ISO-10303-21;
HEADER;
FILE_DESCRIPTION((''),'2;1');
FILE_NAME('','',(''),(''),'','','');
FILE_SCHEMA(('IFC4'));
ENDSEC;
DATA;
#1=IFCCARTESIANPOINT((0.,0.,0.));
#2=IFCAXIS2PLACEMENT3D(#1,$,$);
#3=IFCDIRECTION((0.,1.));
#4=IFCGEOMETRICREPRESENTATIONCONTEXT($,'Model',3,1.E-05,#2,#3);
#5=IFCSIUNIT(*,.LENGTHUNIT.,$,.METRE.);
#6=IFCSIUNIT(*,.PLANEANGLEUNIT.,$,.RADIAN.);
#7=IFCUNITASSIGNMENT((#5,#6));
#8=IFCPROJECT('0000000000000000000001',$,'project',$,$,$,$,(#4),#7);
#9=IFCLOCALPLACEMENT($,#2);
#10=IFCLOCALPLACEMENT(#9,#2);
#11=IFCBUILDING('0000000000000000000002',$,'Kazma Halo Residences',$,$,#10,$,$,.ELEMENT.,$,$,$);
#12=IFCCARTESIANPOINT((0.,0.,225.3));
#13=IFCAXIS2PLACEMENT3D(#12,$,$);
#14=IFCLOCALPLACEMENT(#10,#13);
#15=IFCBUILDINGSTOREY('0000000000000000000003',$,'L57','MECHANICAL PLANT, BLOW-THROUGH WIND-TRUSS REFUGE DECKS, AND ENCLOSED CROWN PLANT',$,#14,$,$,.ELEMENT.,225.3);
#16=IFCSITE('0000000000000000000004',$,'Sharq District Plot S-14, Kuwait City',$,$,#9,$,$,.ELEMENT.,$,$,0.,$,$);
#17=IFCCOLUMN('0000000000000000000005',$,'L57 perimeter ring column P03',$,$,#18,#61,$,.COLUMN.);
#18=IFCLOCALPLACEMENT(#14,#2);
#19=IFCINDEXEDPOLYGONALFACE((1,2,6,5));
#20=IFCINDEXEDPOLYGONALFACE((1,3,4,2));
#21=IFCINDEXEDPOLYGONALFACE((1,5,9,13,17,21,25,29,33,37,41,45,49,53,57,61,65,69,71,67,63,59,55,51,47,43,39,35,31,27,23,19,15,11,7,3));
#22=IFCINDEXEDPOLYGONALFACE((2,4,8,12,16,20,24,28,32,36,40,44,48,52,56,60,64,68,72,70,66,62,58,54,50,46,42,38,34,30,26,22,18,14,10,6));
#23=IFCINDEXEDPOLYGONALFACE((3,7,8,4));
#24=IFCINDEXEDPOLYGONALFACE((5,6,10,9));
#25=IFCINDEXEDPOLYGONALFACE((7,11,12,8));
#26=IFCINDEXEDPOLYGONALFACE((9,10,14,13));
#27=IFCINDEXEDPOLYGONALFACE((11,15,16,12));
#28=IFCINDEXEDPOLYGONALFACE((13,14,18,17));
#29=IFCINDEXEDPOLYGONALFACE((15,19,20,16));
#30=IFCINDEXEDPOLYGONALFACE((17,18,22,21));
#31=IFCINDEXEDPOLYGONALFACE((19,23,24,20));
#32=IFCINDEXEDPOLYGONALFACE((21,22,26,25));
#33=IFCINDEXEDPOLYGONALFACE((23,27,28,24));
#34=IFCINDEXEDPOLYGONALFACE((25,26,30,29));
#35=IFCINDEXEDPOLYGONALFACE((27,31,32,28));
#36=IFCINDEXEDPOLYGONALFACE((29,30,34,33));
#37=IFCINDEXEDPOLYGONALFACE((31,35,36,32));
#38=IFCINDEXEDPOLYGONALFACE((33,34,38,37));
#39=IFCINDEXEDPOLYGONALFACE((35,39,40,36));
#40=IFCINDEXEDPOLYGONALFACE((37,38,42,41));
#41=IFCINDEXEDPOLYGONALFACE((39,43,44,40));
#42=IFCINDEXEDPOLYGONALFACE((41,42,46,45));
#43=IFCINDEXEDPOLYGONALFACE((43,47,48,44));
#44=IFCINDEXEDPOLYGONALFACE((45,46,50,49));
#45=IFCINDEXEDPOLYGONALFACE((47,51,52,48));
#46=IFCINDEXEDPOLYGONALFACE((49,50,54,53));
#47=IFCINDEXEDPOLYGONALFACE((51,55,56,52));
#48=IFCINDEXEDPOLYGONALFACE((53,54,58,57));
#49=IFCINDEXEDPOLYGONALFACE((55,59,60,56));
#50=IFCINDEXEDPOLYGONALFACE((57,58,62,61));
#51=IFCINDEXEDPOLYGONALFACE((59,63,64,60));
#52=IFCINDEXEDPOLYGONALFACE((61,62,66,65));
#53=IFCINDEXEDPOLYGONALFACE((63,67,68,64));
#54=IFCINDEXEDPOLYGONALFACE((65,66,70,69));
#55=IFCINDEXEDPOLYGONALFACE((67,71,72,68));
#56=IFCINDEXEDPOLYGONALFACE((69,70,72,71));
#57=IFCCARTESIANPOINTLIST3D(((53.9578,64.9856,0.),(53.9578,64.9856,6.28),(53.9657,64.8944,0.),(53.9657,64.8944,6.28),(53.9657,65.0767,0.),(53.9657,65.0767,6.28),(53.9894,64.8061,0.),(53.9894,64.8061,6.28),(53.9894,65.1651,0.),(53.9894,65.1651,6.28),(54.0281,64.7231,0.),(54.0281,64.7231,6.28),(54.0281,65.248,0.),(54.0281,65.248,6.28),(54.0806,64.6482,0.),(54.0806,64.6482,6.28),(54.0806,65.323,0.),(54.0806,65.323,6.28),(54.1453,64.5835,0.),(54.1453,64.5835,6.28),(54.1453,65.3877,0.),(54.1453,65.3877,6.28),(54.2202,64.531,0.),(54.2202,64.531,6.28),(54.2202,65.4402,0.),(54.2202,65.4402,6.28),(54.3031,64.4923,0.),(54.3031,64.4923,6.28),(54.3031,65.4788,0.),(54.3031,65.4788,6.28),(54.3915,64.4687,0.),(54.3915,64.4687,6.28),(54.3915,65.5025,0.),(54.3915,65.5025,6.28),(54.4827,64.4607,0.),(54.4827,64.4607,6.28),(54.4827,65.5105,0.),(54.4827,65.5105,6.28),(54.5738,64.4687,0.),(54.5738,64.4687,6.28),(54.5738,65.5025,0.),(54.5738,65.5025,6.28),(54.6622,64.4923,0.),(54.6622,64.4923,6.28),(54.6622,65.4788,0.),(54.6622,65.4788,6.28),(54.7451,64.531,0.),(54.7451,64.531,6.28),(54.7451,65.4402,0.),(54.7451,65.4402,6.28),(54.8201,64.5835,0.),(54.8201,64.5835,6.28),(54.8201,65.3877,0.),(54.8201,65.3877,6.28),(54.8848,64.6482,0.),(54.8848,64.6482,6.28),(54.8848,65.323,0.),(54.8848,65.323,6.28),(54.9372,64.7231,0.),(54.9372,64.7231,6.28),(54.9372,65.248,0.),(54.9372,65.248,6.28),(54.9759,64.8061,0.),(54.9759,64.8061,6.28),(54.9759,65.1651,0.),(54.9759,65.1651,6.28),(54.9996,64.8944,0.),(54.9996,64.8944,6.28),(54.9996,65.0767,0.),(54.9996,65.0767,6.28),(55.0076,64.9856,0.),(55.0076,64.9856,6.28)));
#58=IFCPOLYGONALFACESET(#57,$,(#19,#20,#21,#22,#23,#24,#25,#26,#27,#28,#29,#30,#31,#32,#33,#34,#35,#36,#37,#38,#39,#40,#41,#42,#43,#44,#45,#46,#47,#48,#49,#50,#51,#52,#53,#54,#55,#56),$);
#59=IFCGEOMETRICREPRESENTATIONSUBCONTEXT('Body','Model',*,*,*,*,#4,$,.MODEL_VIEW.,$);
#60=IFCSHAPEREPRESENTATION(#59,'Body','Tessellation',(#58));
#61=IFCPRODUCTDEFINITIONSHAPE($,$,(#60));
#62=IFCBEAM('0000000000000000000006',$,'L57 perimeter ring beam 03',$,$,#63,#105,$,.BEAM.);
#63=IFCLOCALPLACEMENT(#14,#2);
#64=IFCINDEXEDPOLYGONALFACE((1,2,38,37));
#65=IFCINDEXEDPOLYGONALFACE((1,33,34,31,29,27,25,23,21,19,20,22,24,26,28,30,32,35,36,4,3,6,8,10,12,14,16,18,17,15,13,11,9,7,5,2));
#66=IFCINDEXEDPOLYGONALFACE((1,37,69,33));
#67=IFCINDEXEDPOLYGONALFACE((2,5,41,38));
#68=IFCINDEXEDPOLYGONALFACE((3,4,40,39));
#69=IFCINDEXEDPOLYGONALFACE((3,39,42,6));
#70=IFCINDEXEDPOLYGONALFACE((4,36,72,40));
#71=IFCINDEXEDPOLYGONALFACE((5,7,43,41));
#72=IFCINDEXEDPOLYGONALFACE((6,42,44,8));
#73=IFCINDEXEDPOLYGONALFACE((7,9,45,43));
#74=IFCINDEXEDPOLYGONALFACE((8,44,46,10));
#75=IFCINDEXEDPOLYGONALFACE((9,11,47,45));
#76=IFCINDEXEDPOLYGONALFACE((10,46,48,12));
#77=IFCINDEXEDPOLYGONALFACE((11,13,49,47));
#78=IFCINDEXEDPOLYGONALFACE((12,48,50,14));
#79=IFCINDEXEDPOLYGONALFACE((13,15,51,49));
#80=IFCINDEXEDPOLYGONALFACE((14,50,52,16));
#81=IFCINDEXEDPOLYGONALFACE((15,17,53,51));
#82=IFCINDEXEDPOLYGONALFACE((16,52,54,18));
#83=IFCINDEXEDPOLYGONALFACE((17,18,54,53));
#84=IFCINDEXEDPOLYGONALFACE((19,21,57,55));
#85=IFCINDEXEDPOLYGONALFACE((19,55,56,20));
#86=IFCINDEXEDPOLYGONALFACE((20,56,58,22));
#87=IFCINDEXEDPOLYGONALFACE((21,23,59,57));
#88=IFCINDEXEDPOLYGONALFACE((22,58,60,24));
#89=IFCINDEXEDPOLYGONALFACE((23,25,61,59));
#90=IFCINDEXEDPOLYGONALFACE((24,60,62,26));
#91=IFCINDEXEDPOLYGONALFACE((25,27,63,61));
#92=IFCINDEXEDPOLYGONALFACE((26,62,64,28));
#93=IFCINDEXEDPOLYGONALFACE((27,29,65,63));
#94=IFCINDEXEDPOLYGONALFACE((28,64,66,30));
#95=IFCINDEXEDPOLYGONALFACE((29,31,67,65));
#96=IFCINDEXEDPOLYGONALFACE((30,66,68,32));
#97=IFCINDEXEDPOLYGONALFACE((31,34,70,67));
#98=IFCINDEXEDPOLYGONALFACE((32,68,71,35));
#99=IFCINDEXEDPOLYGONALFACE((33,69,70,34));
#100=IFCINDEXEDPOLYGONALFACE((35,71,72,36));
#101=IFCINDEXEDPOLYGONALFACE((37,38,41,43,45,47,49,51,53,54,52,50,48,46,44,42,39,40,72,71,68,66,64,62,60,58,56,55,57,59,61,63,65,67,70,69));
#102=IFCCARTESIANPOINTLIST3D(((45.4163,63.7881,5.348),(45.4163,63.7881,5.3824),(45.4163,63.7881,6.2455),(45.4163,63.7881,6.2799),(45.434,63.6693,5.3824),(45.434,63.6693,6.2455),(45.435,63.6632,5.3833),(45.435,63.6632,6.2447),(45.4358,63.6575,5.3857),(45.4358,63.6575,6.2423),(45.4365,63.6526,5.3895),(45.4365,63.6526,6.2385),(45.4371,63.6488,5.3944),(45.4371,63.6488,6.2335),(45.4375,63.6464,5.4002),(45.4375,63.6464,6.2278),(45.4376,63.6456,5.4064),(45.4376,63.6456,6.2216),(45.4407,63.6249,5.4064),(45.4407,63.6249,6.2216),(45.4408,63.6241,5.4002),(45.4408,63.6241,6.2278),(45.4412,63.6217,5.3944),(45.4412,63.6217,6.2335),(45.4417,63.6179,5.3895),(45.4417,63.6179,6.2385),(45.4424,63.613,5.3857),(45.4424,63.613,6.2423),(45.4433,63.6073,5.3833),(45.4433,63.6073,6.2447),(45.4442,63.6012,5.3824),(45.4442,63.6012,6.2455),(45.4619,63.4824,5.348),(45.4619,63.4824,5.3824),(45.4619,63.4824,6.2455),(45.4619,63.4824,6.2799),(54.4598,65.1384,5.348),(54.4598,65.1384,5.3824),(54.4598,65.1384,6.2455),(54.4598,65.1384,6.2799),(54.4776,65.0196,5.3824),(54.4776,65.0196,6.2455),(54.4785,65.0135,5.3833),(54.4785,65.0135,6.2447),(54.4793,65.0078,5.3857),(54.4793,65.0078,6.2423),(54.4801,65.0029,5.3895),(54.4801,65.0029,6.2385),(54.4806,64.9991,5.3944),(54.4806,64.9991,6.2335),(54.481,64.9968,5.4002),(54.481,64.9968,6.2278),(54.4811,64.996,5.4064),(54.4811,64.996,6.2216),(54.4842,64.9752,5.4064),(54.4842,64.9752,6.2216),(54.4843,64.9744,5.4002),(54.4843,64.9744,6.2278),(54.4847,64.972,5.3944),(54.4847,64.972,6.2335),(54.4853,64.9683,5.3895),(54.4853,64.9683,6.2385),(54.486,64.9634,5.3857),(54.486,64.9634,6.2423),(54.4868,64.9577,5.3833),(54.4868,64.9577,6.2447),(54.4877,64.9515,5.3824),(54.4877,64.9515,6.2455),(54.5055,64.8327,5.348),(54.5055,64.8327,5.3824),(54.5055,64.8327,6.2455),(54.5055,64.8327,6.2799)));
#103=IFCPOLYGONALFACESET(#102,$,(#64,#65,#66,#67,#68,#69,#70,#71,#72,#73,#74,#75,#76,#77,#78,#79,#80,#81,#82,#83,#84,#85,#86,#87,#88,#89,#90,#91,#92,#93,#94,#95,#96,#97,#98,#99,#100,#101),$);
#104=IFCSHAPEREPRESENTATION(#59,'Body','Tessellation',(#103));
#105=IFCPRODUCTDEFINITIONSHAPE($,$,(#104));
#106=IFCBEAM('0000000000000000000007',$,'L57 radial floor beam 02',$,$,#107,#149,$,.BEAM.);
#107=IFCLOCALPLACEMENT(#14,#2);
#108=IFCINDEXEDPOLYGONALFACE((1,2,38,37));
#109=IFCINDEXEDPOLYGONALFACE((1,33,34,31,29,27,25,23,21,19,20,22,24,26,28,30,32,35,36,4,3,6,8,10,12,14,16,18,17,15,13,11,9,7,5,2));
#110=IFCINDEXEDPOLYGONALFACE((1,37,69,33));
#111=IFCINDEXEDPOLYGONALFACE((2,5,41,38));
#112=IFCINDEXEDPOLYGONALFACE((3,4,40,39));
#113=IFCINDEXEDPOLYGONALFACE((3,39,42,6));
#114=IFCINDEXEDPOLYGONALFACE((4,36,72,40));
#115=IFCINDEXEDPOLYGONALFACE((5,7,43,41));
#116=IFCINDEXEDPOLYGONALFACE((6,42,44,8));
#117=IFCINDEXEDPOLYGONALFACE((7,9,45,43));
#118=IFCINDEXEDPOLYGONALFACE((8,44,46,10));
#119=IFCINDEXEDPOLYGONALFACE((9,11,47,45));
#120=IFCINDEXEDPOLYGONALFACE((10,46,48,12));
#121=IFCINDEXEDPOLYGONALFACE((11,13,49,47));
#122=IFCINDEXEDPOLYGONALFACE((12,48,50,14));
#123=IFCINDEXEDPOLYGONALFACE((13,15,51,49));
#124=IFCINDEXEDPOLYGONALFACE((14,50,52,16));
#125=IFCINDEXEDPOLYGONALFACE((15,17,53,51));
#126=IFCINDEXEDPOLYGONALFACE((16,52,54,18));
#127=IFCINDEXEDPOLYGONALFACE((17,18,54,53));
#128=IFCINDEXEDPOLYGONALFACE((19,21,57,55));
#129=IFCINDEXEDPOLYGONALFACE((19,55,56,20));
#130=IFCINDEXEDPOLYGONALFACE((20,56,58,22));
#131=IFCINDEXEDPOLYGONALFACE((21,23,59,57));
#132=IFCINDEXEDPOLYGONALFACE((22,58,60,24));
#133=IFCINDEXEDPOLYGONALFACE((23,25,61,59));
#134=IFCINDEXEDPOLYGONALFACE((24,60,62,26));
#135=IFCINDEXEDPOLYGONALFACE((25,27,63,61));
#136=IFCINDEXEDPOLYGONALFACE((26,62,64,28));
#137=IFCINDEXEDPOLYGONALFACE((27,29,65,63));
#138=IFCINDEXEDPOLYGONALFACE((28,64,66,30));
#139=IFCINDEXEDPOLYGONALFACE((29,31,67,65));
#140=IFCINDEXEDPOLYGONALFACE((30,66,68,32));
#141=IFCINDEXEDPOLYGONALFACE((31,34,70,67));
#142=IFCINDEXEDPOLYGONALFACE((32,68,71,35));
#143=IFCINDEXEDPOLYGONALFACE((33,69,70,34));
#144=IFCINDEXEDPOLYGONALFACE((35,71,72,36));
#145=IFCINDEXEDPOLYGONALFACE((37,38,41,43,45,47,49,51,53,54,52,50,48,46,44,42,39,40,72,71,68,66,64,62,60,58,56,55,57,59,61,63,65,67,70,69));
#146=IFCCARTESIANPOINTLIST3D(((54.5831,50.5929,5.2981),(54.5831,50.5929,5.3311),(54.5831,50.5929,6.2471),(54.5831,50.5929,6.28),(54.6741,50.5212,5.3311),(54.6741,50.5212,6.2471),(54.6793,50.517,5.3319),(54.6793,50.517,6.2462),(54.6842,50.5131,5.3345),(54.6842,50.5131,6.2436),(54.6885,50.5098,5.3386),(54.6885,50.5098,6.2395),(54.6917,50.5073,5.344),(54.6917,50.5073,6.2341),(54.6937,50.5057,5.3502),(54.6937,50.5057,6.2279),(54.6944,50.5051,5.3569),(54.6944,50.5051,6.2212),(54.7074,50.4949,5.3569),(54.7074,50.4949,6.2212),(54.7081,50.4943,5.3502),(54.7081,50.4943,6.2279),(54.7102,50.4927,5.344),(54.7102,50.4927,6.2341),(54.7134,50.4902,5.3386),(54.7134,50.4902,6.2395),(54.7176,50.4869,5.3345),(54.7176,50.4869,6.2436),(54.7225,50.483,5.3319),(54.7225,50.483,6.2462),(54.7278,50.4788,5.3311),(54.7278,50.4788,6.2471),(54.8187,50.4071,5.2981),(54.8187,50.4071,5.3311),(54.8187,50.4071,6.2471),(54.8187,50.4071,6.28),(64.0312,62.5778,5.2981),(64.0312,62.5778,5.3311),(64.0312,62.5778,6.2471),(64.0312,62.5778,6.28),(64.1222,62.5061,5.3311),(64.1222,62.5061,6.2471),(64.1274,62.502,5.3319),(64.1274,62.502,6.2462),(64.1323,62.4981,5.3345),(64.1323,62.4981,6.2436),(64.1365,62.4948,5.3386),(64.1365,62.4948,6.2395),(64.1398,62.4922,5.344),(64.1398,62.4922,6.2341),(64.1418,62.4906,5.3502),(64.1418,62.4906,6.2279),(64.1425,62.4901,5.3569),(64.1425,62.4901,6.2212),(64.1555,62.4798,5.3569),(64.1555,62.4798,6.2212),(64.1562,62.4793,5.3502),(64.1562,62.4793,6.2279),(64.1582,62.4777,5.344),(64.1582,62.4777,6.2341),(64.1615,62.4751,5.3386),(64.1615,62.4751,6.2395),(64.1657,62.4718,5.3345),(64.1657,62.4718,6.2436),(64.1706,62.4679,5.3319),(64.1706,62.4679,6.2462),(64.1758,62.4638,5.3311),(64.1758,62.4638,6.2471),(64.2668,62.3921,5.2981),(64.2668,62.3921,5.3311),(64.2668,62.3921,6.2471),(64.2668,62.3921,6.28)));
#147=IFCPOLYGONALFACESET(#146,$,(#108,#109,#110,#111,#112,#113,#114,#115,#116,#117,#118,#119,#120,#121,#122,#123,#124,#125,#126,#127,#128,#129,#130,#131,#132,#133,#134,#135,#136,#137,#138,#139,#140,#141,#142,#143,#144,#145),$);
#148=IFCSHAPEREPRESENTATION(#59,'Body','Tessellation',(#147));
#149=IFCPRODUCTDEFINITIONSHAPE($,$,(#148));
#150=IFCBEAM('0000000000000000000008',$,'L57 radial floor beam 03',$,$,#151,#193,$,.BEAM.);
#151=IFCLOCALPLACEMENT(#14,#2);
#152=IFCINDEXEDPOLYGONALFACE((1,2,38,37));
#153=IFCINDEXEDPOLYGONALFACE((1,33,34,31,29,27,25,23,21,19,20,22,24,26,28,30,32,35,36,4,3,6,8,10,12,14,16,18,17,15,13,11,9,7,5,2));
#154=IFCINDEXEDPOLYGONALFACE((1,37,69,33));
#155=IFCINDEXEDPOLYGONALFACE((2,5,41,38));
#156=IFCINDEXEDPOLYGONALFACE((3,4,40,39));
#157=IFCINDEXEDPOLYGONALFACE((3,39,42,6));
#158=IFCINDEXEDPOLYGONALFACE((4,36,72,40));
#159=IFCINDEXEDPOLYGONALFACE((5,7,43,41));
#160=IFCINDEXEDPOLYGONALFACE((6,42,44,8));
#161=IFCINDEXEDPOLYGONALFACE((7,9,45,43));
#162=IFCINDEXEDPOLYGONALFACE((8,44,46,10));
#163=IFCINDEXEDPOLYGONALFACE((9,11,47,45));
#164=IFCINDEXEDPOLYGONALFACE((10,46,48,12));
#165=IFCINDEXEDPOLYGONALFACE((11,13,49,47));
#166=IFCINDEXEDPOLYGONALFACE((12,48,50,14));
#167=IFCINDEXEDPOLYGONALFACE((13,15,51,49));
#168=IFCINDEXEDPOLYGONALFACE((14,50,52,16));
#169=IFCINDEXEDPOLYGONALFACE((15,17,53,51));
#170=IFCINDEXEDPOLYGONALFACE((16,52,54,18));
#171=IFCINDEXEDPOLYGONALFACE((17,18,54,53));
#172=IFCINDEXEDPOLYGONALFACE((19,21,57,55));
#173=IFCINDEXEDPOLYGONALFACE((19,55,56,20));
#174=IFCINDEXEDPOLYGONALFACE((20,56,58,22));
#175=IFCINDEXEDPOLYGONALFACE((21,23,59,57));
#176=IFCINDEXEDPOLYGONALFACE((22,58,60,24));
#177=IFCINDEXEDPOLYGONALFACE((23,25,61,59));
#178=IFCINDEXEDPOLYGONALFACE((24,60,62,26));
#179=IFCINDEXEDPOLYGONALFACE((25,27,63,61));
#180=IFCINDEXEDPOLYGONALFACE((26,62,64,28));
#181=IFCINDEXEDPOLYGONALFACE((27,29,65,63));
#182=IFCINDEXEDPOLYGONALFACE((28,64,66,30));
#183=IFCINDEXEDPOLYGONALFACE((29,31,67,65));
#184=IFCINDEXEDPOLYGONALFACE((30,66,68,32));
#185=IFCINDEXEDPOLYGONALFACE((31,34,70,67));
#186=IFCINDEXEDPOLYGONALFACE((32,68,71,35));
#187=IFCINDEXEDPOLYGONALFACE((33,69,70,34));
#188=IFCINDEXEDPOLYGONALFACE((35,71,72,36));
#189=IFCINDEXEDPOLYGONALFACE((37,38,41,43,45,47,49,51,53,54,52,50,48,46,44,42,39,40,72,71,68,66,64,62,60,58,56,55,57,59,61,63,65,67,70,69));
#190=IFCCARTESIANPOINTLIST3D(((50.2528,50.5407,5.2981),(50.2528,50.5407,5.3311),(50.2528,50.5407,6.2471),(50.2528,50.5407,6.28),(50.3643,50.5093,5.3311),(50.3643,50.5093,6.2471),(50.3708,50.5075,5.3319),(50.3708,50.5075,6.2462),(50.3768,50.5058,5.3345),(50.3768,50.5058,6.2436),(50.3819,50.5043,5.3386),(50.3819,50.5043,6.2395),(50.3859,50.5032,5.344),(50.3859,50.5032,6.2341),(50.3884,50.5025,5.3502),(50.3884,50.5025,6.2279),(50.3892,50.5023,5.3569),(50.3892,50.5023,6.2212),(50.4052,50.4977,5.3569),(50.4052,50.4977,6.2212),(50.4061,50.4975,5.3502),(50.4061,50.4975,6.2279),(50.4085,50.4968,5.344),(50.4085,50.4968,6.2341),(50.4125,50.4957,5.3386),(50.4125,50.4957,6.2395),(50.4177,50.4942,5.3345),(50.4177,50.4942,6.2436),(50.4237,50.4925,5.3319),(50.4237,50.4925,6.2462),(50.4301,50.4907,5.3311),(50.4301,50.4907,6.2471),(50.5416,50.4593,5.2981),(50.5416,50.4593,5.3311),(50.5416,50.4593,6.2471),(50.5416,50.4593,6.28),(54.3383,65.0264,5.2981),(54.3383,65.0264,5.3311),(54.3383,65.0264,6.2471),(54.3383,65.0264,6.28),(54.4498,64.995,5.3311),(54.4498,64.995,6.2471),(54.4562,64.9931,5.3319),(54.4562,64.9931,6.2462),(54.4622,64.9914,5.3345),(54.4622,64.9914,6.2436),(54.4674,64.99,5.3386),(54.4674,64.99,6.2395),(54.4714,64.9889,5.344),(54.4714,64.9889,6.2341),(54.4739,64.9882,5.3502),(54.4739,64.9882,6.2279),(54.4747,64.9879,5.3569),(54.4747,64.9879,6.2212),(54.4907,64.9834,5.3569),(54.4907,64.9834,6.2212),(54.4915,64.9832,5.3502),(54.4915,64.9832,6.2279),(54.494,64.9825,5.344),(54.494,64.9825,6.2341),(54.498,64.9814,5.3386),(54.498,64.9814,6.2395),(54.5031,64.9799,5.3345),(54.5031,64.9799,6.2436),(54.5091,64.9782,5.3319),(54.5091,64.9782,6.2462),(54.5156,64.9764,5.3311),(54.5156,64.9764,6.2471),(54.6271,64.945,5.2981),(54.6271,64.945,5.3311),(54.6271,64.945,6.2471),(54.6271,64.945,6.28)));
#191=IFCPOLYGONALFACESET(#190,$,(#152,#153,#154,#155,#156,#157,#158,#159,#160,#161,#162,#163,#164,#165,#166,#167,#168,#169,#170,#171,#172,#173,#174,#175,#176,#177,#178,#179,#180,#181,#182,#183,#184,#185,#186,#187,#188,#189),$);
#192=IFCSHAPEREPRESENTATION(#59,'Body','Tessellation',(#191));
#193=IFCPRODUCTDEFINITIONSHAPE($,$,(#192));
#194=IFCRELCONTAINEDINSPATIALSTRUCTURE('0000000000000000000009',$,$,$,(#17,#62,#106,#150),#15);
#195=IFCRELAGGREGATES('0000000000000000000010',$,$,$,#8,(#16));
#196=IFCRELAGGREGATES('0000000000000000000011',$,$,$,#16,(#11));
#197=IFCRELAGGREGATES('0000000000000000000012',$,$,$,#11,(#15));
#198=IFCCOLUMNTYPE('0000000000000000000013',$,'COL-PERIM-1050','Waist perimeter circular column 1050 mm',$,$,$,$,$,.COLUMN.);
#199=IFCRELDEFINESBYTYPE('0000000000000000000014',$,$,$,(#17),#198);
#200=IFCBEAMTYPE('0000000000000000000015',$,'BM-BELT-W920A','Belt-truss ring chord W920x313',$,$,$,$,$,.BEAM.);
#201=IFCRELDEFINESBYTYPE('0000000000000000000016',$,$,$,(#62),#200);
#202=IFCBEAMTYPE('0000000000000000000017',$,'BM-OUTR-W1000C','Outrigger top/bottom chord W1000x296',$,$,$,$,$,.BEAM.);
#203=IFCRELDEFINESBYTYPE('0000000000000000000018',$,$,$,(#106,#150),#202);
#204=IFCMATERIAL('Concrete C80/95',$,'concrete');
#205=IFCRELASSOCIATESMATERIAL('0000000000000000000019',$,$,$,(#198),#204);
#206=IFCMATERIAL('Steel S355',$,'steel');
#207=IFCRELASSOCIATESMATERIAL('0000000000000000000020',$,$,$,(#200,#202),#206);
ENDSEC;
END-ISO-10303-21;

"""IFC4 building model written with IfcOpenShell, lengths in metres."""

from ifc_helpers import new_model, si_unit, direction, frame, origin, origin_2d, place, context, subcontext, project, spatial, circle, i_section, extrude, material, material_profile, profile_set, type_object, element, save


model = new_model("IFC4")

# Units and contexts
model_context = context("Model", 3, precision=1e-05, world=origin(), true_north=direction((0.0, 1.0)))
body_context = subcontext(model_context, "Body", "Model", "MODEL_VIEW")
ifc_project = project(units=[si_unit("LENGTHUNIT", "METRE"), si_unit("PLANEANGLEUNIT", "RADIAN")], contexts=[model_context])

# Site, building, storey
site_placement = place(None, origin())
site = spatial("IfcSite", under=ifc_project, at=site_placement, Name="Sharq District Plot S-14, Kuwait City", CompositionType="ELEMENT", RefElevation=0.0)
building_placement = place(site_placement, origin())
building = spatial("IfcBuilding", under=site, at=building_placement, Name="Kazma Halo Residences", CompositionType="ELEMENT")
storey_placement = place(building_placement, frame((0.0, 0.0, 225.3)))
storey = spatial("IfcBuildingStorey", under=building, at=storey_placement, Name="L57", Description="MECHANICAL PLANT, BLOW-THROUGH WIND-TRUSS REFUGE DECKS, AND ENCLOSED CROWN PLANT", CompositionType="ELEMENT", Elevation=225.3)

# Column
ifc_material_1 = material(Name="Concrete C80/95", Category="concrete")
ifc_material_profile_1 = material_profile(ifc_material_1, circle(Radius=0.5249, at=origin_2d()), Name="CIRC1050")
ifc_profile_set_1 = profile_set([ifc_material_profile_1], Name="Concrete C80/95")
column_type = type_object("IfcColumnType", Name="COL-PERIM-1050", Description="Waist perimeter circular column 1050 mm", PredefinedType="COLUMN", material=ifc_profile_set_1)
column_placement = place(storey_placement, frame((54.4827, 64.9856, 0.0), z_axis=(0.0, 0.0, 1.0), x_axis=(1.0, 0.0, 0.0)))
element("IfcColumn", 1, at=column_placement, inside=storey, type_object=column_type, Name="L57 perimeter ring column P03", PredefinedType="COLUMN", context=body_context, shape_type="SweptSolid", body=[
    extrude(circle(Radius=0.5249, at=origin_2d()), origin(), (0.0, 0.0, 1.0), 6.28),
])

# Beams
ifc_material_2 = material(Name="Steel S355", Category="steel")
ifc_material_profile_2 = material_profile(ifc_material_2, i_section(OverallWidth=0.3091, OverallDepth=0.9319, WebThickness=0.021, FlangeThickness=0.0344, FilletRadius=0.0239, at=origin_2d()), Name="W920x313")
ifc_profile_set_2 = profile_set([ifc_material_profile_2], Name="Steel S355")
beam_type_1 = type_object("IfcBeamType", Name="BM-BELT-W920A", Description="Belt-truss ring chord W920x313", PredefinedType="BEAM", material=ifc_profile_set_2)
beam_1_placement = place(storey_placement, frame((54.4827, 64.9856, 5.814), z_axis=(-0.989035, -0.14768, 0.0), x_axis=(0.14768, -0.989035, 0.0)))
element("IfcBeam", 2, at=beam_1_placement, inside=storey, type_object=beam_type_1, Name="L57 perimeter ring beam 03", PredefinedType="BEAM", context=body_context, shape_type="SweptSolid", body=[
    extrude(i_section(OverallWidth=0.3091, OverallDepth=0.9319, WebThickness=0.021, FlangeThickness=0.0344, FilletRadius=0.0239, at=origin_2d()), origin(), (0.0, 0.0, 1.0), 9.1438),
])
ifc_material_profile_3 = material_profile(ifc_material_2, i_section(OverallWidth=0.3, OverallDepth=0.9819, WebThickness=0.0166, FlangeThickness=0.033, FilletRadius=0.0259, at=origin_2d()), Name="W1000x296")
ifc_profile_set_3 = profile_set([ifc_material_profile_3], Name="Steel S355")
beam_type_2 = type_object("IfcBeamType", Name="BM-OUTR-W1000C", Description="Outrigger top/bottom chord W1000x296", PredefinedType="BEAM", material=ifc_profile_set_3)
beam_2_placement = place(storey_placement, frame((54.7009, 50.5, 5.7891), z_axis=(0.61909, 0.78532, 0.0), x_axis=(-0.78532, 0.61909, 0.0)))
element("IfcBeam", 3, at=beam_2_placement, inside=storey, type_object=beam_type_2, Name="L57 radial floor beam 02", PredefinedType="BEAM", context=body_context, shape_type="SweptSolid", body=[
    extrude(i_section(OverallWidth=0.3, OverallDepth=0.9819, WebThickness=0.0166, FlangeThickness=0.033, FilletRadius=0.0259, at=origin_2d()), origin(), (0.0, 0.0, 1.0), 15.2612),
])
beam_3_placement = place(storey_placement, frame((50.3972, 50.5, 5.7891), z_axis=(0.271446, 0.962454, 0.0), x_axis=(-0.962454, 0.271446, 0.0)))
element("IfcBeam", 4, at=beam_3_placement, inside=storey, type_object=beam_type_2, Name="L57 radial floor beam 03", PredefinedType="BEAM", context=body_context, shape_type="SweptSolid", body=[
    extrude(i_section(OverallWidth=0.3, OverallDepth=0.9819, WebThickness=0.0166, FlangeThickness=0.033, FilletRadius=0.0259, at=origin_2d()), origin(), (0.0, 0.0, 1.0), 15.0508),
])

save(model, "model.ifc")
